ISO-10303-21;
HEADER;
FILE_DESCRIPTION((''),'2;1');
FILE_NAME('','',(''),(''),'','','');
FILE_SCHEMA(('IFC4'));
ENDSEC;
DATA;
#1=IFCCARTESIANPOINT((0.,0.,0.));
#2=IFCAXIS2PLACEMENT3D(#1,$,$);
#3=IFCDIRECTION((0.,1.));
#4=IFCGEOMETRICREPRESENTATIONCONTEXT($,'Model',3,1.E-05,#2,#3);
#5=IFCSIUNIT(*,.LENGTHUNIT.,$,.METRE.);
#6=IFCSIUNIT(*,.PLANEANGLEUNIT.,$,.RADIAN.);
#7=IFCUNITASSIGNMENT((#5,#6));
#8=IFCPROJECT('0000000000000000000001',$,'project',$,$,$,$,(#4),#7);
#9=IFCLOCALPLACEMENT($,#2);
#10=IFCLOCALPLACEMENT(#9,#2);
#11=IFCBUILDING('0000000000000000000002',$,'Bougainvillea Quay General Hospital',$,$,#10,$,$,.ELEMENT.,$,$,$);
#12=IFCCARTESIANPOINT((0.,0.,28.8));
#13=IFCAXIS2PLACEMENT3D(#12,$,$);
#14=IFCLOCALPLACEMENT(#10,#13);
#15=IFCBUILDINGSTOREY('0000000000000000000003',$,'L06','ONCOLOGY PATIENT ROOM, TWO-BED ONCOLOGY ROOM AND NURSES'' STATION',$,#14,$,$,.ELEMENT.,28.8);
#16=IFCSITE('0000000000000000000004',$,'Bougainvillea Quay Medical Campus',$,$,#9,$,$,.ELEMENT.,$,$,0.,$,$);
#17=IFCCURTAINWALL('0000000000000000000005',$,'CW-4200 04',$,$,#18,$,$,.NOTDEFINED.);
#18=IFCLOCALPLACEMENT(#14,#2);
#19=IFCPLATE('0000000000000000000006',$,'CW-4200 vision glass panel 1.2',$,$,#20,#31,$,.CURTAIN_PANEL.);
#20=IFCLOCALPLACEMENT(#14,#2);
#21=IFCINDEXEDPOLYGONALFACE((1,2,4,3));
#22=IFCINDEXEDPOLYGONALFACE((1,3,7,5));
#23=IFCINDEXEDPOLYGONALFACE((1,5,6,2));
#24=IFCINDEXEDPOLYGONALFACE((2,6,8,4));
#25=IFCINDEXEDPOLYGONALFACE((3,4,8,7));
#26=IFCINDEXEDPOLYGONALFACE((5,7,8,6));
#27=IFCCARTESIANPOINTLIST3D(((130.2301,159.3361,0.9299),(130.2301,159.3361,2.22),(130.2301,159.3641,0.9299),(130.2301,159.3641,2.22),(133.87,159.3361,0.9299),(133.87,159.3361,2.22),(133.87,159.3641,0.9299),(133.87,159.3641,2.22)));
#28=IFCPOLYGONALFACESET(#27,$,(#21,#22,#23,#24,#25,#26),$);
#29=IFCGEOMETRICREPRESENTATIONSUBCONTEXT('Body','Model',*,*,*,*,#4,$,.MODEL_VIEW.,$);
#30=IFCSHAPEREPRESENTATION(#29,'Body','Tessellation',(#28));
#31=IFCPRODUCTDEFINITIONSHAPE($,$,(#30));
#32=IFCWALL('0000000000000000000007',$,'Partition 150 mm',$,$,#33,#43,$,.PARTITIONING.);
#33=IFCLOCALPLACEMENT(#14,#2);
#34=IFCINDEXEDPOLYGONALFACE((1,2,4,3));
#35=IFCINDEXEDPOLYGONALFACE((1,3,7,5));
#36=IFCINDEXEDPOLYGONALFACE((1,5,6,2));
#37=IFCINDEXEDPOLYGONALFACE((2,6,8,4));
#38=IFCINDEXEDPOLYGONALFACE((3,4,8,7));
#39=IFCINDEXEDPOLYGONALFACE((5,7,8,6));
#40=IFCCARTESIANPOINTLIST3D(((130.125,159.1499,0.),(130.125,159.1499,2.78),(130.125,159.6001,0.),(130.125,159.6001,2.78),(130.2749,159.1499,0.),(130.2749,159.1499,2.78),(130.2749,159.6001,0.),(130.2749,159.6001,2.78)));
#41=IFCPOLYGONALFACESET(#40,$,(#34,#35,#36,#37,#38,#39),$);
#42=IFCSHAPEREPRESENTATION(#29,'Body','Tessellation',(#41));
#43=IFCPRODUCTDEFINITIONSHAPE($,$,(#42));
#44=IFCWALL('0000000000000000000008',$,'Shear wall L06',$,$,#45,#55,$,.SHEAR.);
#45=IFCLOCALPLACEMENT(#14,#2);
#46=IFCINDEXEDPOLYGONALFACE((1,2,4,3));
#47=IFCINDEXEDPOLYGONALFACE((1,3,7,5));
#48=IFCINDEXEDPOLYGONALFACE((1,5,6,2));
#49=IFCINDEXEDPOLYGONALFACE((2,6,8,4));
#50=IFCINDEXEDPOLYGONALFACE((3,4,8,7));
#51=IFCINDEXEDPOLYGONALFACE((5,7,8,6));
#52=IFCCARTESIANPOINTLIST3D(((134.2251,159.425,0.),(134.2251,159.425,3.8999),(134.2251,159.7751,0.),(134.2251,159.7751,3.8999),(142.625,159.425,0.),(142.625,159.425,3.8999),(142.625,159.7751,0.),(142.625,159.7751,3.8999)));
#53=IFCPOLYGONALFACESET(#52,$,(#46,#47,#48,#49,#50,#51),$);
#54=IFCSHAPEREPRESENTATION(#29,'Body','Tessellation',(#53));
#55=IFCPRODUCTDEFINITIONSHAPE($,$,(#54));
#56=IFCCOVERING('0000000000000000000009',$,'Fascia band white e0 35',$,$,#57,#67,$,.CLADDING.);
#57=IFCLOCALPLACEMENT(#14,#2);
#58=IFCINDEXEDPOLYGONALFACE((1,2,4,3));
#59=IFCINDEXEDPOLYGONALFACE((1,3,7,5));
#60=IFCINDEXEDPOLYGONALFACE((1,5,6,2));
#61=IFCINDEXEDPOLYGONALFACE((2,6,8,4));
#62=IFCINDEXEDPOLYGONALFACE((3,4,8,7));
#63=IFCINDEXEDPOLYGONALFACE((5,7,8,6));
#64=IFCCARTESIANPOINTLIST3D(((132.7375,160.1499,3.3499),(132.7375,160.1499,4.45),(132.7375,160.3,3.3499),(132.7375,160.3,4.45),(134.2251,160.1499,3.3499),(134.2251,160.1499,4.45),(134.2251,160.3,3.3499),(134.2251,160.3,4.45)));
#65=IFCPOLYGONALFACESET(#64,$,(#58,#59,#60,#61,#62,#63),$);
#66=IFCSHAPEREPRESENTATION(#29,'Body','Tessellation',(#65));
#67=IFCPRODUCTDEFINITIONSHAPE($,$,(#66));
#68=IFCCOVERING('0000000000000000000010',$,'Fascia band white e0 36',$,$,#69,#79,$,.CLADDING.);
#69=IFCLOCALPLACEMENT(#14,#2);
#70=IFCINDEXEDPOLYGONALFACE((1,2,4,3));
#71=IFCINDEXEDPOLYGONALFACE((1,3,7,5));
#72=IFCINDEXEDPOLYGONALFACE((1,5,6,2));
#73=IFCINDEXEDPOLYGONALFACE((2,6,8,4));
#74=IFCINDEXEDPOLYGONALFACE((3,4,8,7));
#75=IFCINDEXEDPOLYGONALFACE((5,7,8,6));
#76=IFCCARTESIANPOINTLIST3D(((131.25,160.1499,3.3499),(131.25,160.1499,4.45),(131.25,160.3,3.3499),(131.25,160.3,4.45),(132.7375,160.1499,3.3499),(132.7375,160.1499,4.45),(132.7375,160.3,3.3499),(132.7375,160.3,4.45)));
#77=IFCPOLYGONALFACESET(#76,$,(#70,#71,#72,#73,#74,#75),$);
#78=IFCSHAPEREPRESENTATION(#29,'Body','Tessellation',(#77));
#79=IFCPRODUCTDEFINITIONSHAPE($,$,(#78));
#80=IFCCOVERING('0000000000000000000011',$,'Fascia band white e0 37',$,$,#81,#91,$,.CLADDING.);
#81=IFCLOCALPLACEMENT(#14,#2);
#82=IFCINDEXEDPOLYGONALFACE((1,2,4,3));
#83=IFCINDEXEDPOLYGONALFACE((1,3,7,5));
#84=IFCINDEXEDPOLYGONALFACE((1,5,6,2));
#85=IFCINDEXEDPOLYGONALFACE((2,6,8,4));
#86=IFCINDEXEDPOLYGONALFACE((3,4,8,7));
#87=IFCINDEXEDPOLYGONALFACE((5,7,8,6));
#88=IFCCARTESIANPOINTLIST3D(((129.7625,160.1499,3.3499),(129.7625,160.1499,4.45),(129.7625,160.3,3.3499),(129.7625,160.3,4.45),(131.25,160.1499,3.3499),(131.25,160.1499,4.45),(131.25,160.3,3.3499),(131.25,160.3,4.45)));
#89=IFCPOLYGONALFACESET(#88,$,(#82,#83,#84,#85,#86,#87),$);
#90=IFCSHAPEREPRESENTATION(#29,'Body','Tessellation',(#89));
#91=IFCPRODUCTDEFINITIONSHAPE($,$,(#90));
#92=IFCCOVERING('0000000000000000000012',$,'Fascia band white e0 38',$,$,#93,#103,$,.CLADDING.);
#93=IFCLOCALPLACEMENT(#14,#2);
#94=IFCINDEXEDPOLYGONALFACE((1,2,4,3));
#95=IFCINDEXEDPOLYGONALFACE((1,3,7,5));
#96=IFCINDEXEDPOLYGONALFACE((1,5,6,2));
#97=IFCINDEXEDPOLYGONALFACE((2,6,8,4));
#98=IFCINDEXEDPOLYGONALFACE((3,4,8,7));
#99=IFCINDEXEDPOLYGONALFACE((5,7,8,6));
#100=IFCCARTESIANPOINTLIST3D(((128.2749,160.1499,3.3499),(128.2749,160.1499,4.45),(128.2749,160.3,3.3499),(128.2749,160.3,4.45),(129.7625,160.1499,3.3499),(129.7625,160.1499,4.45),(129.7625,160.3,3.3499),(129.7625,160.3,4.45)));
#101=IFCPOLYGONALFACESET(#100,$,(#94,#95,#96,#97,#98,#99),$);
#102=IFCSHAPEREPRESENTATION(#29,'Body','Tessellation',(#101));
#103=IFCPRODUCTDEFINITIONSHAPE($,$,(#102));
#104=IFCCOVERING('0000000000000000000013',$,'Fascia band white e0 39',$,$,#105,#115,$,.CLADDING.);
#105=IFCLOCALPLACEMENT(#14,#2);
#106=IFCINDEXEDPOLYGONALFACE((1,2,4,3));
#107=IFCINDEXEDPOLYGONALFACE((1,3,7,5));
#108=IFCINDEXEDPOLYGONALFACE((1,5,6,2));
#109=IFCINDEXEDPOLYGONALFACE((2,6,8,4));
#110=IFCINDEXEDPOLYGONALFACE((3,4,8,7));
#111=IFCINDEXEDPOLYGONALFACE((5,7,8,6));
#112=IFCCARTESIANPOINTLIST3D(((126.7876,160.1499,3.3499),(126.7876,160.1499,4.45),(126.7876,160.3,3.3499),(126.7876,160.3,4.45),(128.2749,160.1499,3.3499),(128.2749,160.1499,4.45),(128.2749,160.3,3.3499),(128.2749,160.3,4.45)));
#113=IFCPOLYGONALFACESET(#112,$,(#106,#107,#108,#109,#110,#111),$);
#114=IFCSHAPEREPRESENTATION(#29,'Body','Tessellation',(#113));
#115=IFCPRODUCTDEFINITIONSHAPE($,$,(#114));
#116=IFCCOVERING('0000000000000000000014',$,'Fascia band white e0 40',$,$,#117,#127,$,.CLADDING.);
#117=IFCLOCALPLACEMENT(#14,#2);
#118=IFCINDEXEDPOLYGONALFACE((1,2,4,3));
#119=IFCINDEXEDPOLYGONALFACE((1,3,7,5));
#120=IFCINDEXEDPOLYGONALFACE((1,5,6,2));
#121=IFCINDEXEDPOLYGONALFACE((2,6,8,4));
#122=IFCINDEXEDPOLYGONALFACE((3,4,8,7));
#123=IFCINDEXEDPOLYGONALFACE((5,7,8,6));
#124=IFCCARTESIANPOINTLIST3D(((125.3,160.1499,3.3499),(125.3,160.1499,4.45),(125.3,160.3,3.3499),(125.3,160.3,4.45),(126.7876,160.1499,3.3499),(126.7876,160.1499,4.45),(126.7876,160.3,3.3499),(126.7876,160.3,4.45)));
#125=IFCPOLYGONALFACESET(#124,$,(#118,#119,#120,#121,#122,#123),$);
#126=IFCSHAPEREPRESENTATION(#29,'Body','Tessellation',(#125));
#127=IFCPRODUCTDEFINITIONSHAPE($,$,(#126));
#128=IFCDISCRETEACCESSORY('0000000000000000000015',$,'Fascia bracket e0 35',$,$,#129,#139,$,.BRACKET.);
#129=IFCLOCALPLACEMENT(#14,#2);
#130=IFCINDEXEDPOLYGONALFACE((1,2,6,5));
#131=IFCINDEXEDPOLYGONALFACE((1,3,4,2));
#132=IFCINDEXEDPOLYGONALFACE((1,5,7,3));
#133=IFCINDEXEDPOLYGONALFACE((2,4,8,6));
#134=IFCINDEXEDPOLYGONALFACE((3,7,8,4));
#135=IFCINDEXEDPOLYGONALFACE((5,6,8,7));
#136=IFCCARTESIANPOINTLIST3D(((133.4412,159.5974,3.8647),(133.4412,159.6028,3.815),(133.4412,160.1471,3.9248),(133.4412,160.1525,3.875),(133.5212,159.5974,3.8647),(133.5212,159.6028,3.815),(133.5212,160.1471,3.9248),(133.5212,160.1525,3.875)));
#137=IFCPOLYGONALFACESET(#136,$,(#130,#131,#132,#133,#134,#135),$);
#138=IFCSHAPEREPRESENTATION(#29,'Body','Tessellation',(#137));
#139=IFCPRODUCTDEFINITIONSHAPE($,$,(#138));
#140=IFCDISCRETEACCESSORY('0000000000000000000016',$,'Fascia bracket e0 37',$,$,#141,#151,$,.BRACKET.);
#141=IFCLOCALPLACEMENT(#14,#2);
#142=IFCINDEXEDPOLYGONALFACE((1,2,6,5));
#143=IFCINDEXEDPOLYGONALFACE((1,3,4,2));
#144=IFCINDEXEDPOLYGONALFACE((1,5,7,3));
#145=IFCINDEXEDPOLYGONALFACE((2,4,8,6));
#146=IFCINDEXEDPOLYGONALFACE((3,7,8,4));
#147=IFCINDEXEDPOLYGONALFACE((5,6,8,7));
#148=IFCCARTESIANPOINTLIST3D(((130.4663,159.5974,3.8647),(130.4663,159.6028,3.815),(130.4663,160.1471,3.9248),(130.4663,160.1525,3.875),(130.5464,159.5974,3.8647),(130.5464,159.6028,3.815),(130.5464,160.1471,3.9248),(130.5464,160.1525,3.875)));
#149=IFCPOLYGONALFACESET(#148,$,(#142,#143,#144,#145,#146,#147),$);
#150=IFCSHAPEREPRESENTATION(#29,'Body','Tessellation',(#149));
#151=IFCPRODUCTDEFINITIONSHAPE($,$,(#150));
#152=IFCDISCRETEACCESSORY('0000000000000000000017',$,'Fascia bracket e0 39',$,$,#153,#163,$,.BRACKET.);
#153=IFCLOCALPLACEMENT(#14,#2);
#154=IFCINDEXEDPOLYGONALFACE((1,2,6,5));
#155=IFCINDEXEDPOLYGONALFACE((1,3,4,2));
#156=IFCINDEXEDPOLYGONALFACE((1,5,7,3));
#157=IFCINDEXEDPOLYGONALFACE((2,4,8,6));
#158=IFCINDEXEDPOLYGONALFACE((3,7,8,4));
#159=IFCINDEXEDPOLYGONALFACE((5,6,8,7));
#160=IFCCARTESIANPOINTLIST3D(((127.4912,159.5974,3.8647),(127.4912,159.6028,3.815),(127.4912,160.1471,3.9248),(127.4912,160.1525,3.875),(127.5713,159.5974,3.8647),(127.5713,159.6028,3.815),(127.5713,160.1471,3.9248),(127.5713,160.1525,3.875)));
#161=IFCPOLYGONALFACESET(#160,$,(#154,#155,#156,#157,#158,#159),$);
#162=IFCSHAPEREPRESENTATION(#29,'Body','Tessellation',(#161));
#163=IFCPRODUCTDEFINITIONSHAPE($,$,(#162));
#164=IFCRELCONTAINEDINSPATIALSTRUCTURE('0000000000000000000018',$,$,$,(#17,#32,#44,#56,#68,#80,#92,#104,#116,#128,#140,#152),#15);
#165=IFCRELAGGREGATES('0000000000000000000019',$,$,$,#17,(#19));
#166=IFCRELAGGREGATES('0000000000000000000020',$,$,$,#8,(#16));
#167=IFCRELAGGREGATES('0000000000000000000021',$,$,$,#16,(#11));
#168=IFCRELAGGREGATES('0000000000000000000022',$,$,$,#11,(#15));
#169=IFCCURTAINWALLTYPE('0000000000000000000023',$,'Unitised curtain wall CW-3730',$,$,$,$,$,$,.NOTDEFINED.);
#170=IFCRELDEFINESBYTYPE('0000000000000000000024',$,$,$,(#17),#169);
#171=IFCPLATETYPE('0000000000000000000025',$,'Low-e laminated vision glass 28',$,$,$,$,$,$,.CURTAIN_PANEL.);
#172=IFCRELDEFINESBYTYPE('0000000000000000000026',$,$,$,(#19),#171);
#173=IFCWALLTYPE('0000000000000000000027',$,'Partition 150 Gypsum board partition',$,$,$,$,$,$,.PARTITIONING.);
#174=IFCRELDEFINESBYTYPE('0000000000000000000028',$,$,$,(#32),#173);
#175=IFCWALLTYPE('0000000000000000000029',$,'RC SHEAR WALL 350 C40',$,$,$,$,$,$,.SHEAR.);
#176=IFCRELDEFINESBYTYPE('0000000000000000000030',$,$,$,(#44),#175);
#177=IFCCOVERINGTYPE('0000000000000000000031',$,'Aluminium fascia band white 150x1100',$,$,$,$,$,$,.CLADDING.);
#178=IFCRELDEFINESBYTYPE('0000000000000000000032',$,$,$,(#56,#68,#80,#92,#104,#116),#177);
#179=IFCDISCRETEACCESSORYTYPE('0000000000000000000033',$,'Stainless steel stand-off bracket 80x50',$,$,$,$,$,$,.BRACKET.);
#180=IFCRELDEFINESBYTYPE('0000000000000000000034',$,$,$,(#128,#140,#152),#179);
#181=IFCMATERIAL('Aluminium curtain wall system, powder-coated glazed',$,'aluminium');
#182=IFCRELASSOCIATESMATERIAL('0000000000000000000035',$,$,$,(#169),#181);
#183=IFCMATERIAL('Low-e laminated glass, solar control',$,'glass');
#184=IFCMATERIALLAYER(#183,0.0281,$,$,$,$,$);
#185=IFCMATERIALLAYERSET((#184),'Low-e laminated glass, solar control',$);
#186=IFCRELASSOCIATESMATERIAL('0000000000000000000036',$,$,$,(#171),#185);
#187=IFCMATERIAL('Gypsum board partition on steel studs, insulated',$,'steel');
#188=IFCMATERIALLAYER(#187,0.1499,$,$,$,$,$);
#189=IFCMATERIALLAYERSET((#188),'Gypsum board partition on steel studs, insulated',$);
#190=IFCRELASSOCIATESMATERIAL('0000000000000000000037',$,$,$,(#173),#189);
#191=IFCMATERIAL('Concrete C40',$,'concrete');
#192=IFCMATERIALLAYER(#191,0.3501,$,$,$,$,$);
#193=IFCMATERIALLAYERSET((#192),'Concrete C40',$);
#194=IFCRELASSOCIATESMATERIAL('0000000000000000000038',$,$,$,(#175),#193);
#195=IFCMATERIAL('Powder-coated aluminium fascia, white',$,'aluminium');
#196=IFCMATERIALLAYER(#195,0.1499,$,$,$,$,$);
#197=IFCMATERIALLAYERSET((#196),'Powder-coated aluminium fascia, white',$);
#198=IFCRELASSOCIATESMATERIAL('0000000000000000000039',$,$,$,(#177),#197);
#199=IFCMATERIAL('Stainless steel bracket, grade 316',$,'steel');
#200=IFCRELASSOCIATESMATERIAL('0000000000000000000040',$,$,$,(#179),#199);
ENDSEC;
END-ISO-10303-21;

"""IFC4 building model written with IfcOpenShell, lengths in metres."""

from ifc_helpers import new_model, si_unit, direction, frame, frame_2d, origin, origin_2d, place, context, subcontext, project, spatial, polyline, rectangle, outline, extrude, material, layer, layer_set, material_profile, profile_set, type_object, element, aggregate, save


model = new_model("IFC4")

# Units and contexts
model_context = context("Model", 3, precision=1e-05, world=origin(), true_north=direction((0.0, 1.0)))
body_context = subcontext(model_context, "Body", "Model", "MODEL_VIEW")
ifc_project = project(units=[si_unit("LENGTHUNIT", "METRE"), si_unit("PLANEANGLEUNIT", "RADIAN")], contexts=[model_context])

# Site, building, storey
site_placement = place(None, origin())
site = spatial("IfcSite", under=ifc_project, at=site_placement, Name="Bougainvillea Quay Medical Campus", CompositionType="ELEMENT", RefElevation=0.0)
building_placement = place(site_placement, origin())
building = spatial("IfcBuilding", under=site, at=building_placement, Name="Bougainvillea Quay General Hospital", CompositionType="ELEMENT")
storey_placement = place(building_placement, frame((0.0, 0.0, 28.8)))
storey = spatial("IfcBuildingStorey", under=building, at=storey_placement, Name="L06", Description="ONCOLOGY PATIENT ROOM, TWO-BED ONCOLOGY ROOM AND NURSES' STATION", CompositionType="ELEMENT", Elevation=28.8)

# Shared definitions
ifc_material_1 = material(Name="Concrete C40", Category="concrete")

# Curtain wall
ifc_material_2 = material(Name="Aluminium curtain wall system, powder-coated glazed", Category="aluminium")
curtain_wall_type = type_object("IfcCurtainWallType", Name="Unitised curtain wall CW-3730", PredefinedType="NOTDEFINED", material=ifc_material_2)
curtain_wall_placement = place(storey_placement, origin())
curtain_wall = element("IfcCurtainWall", 1, at=curtain_wall_placement, inside=storey, type_object=curtain_wall_type, Name="CW-4200 04", PredefinedType="NOTDEFINED")

# Plate
ifc_material_3 = material(Name="Low-e laminated glass, solar control", Category="glass")
ifc_layer_1 = layer(ifc_material_3, 0.0281)
ifc_layer_set_1 = layer_set([ifc_layer_1], Name="Low-e laminated glass, solar control")
plate_type_1 = type_object("IfcPlateType", Name="Low-e laminated vision glass 28", PredefinedType="CURTAIN_PANEL", material=ifc_layer_set_1)
plate_1_placement = place(storey_placement, frame((132.05, 159.3501, 0.9299), z_axis=(0.0, 0.0, 1.0), x_axis=(-1.0, 0.0, 0.0)))
plate_1 = element("IfcPlate", 2, at=plate_1_placement, type_object=plate_type_1, Name="CW-4200 vision glass panel 1.2", PredefinedType="CURTAIN_PANEL", context=body_context, shape_type="SweptSolid", body=[
    extrude(rectangle(XDim=3.6399, YDim=0.0281, at=origin_2d()), origin(), (0.0, 0.0, 1.0), 1.29),
])
aggregate(curtain_wall, [plate_1])

# Walls
ifc_material_4 = material(Name="Gypsum board partition on steel studs, insulated", Category="steel")
ifc_layer_2 = layer(ifc_material_4, 0.1499)
ifc_layer_set_2 = layer_set([ifc_layer_2], Name="Gypsum board partition on steel studs, insulated")
wall_type_1 = type_object("IfcWallType", Name="Partition 150 Gypsum board partition", PredefinedType="PARTITIONING", material=ifc_layer_set_2)
wall_1_placement = place(storey_placement, frame((130.2, 159.6001, 0.0), z_axis=(0.0, 0.0, 1.0), x_axis=(0.0, -1.0, 0.0)))
element("IfcWall", 3, at=wall_1_placement, inside=storey, type_object=wall_type_1, Name="Partition 150 mm", PredefinedType="PARTITIONING", context=body_context, shape_type="SweptSolid", body=[
    extrude(rectangle(XDim=0.4502, YDim=0.1499, at=frame_2d((0.2251, 0.0))), origin(), (0.0, 0.0, 1.0), 2.78),
])
ifc_layer_3 = layer(ifc_material_1, 0.3501)
ifc_layer_set_3 = layer_set([ifc_layer_3], Name="Concrete C40")
wall_type_2 = type_object("IfcWallType", Name="RC SHEAR WALL 350 C40", PredefinedType="SHEAR", material=ifc_layer_set_3)
wall_2_placement = place(storey_placement, frame((134.2251, 159.6001, 0.0), z_axis=(0.0, 0.0, 1.0), x_axis=(1.0, 0.0, 0.0)))
element("IfcWall", 4, at=wall_2_placement, inside=storey, type_object=wall_type_2, Name="Shear wall L06", PredefinedType="SHEAR", context=body_context, shape_type="SweptSolid", body=[
    extrude(rectangle(XDim=8.3999, YDim=0.3501, at=frame_2d((4.2, 0.0))), origin(), (0.0, 0.0, 1.0), 3.8999),
])

# Coverings
ifc_material_5 = material(Name="Powder-coated aluminium fascia, white", Category="aluminium")
ifc_layer_4 = layer(ifc_material_5, 0.1499)
ifc_layer_set_4 = layer_set([ifc_layer_4], Name="Powder-coated aluminium fascia, white")
covering_type = type_object("IfcCoveringType", Name="Aluminium fascia band white 150x1100", PredefinedType="CLADDING", material=ifc_layer_set_4)
for number, where, z_axis, x_axis, name in (
    (5, (134.2251, 160.1499, 3.3499), (0.0, 0.0, 1.0), (-1.0, 0.0, 0.0), "Fascia band white e0 35"),
    (6, (132.7375, 160.1499, 3.3499), (0.0, 0.0, 1.0), (-1.0, 0.0, 0.0), "Fascia band white e0 36"),
    (7, (131.25, 160.1499, 3.3499), (0.0, 0.0, 1.0), (-1.0, 0.0, 0.0), "Fascia band white e0 37"),
    (8, (129.7625, 160.1499, 3.3499), (0.0, 0.0, 1.0), (-1.0, 0.0, 0.0), "Fascia band white e0 38"),
):
    element("IfcCovering", number, at=place(storey_placement, frame(where, z_axis=z_axis, x_axis=x_axis)), inside=storey, type_object=covering_type, Name=name, PredefinedType="CLADDING", context=body_context, shape_type="SweptSolid", body=[
        extrude(outline(polyline([(0.0, 0.0), (1.4875, 0.0), (1.4875, -0.1501), (0.0, -0.1501), (0.0, 0.0)])), origin(), (0.0, 0.0, 1.0), 1.1001),
    ])
covering_1_placement = place(storey_placement, frame((128.2749, 160.1499, 3.3499), z_axis=(0.0, 0.0, 1.0), x_axis=(-1.0, 0.0, 0.0)))
element("IfcCovering", 9, at=covering_1_placement, inside=storey, type_object=covering_type, Name="Fascia band white e0 39", PredefinedType="CLADDING", context=body_context, shape_type="SweptSolid", body=[
    extrude(outline(polyline([(0.0, 0.0), (1.4873, 0.0), (1.4873, -0.1501), (0.0, -0.1501), (0.0, 0.0)])), origin(), (0.0, 0.0, 1.0), 1.1001),
])
covering_2_placement = place(storey_placement, frame((126.7876, 160.1499, 3.3499), z_axis=(0.0, 0.0, 1.0), x_axis=(-1.0, 0.0, 0.0)))
element("IfcCovering", 10, at=covering_2_placement, inside=storey, type_object=covering_type, Name="Fascia band white e0 40", PredefinedType="CLADDING", context=body_context, shape_type="SweptSolid", body=[
    extrude(outline(polyline([(0.0, 0.0), (1.4875, 0.0), (1.4875, -0.1501), (0.0, -0.1501), (0.0, 0.0)])), origin(), (0.0, 0.0, 1.0), 1.1001),
])

# Discrete accessories
ifc_material_6 = material(Name="Stainless steel bracket, grade 316", Category="steel")
ifc_material_profile_1 = material_profile(ifc_material_6, rectangle(XDim=0.0801, YDim=0.05, at=origin_2d()))
ifc_profile_set_1 = profile_set([ifc_material_profile_1], Name="Stainless steel bracket, grade 316")
discrete_accessory_type = type_object("IfcDiscreteAccessoryType", Name="Stainless steel stand-off bracket 80x50", PredefinedType="BRACKET", material=ifc_profile_set_1)
for number, where, z_axis, x_axis, name in (
    (11, (133.4812, 159.6001, 3.8398), (0.0, 0.994087, 0.10859), (-1.0, 0.0, 0.0), "Fascia bracket e0 35"),
    (12, (130.5063, 159.6001, 3.8398), (0.0, 0.994087, 0.10859), (-1.0, 0.0, 0.0), "Fascia bracket e0 37"),
    (13, (127.5312, 159.6001, 3.8398), (0.0, 0.994087, 0.10859), (-1.0, 0.0, 0.0), "Fascia bracket e0 39"),
):
    element("IfcDiscreteAccessory", number, at=place(storey_placement, frame(where, z_axis=z_axis, x_axis=x_axis)), inside=storey, type_object=discrete_accessory_type, Name=name, PredefinedType="BRACKET", context=body_context, shape_type="SweptSolid", body=[
        extrude(rectangle(XDim=0.0801, YDim=0.05, at=origin_2d()), origin(), (0.0, 0.0, 1.0), 0.553),
    ])

save(model, "model.ifc")
